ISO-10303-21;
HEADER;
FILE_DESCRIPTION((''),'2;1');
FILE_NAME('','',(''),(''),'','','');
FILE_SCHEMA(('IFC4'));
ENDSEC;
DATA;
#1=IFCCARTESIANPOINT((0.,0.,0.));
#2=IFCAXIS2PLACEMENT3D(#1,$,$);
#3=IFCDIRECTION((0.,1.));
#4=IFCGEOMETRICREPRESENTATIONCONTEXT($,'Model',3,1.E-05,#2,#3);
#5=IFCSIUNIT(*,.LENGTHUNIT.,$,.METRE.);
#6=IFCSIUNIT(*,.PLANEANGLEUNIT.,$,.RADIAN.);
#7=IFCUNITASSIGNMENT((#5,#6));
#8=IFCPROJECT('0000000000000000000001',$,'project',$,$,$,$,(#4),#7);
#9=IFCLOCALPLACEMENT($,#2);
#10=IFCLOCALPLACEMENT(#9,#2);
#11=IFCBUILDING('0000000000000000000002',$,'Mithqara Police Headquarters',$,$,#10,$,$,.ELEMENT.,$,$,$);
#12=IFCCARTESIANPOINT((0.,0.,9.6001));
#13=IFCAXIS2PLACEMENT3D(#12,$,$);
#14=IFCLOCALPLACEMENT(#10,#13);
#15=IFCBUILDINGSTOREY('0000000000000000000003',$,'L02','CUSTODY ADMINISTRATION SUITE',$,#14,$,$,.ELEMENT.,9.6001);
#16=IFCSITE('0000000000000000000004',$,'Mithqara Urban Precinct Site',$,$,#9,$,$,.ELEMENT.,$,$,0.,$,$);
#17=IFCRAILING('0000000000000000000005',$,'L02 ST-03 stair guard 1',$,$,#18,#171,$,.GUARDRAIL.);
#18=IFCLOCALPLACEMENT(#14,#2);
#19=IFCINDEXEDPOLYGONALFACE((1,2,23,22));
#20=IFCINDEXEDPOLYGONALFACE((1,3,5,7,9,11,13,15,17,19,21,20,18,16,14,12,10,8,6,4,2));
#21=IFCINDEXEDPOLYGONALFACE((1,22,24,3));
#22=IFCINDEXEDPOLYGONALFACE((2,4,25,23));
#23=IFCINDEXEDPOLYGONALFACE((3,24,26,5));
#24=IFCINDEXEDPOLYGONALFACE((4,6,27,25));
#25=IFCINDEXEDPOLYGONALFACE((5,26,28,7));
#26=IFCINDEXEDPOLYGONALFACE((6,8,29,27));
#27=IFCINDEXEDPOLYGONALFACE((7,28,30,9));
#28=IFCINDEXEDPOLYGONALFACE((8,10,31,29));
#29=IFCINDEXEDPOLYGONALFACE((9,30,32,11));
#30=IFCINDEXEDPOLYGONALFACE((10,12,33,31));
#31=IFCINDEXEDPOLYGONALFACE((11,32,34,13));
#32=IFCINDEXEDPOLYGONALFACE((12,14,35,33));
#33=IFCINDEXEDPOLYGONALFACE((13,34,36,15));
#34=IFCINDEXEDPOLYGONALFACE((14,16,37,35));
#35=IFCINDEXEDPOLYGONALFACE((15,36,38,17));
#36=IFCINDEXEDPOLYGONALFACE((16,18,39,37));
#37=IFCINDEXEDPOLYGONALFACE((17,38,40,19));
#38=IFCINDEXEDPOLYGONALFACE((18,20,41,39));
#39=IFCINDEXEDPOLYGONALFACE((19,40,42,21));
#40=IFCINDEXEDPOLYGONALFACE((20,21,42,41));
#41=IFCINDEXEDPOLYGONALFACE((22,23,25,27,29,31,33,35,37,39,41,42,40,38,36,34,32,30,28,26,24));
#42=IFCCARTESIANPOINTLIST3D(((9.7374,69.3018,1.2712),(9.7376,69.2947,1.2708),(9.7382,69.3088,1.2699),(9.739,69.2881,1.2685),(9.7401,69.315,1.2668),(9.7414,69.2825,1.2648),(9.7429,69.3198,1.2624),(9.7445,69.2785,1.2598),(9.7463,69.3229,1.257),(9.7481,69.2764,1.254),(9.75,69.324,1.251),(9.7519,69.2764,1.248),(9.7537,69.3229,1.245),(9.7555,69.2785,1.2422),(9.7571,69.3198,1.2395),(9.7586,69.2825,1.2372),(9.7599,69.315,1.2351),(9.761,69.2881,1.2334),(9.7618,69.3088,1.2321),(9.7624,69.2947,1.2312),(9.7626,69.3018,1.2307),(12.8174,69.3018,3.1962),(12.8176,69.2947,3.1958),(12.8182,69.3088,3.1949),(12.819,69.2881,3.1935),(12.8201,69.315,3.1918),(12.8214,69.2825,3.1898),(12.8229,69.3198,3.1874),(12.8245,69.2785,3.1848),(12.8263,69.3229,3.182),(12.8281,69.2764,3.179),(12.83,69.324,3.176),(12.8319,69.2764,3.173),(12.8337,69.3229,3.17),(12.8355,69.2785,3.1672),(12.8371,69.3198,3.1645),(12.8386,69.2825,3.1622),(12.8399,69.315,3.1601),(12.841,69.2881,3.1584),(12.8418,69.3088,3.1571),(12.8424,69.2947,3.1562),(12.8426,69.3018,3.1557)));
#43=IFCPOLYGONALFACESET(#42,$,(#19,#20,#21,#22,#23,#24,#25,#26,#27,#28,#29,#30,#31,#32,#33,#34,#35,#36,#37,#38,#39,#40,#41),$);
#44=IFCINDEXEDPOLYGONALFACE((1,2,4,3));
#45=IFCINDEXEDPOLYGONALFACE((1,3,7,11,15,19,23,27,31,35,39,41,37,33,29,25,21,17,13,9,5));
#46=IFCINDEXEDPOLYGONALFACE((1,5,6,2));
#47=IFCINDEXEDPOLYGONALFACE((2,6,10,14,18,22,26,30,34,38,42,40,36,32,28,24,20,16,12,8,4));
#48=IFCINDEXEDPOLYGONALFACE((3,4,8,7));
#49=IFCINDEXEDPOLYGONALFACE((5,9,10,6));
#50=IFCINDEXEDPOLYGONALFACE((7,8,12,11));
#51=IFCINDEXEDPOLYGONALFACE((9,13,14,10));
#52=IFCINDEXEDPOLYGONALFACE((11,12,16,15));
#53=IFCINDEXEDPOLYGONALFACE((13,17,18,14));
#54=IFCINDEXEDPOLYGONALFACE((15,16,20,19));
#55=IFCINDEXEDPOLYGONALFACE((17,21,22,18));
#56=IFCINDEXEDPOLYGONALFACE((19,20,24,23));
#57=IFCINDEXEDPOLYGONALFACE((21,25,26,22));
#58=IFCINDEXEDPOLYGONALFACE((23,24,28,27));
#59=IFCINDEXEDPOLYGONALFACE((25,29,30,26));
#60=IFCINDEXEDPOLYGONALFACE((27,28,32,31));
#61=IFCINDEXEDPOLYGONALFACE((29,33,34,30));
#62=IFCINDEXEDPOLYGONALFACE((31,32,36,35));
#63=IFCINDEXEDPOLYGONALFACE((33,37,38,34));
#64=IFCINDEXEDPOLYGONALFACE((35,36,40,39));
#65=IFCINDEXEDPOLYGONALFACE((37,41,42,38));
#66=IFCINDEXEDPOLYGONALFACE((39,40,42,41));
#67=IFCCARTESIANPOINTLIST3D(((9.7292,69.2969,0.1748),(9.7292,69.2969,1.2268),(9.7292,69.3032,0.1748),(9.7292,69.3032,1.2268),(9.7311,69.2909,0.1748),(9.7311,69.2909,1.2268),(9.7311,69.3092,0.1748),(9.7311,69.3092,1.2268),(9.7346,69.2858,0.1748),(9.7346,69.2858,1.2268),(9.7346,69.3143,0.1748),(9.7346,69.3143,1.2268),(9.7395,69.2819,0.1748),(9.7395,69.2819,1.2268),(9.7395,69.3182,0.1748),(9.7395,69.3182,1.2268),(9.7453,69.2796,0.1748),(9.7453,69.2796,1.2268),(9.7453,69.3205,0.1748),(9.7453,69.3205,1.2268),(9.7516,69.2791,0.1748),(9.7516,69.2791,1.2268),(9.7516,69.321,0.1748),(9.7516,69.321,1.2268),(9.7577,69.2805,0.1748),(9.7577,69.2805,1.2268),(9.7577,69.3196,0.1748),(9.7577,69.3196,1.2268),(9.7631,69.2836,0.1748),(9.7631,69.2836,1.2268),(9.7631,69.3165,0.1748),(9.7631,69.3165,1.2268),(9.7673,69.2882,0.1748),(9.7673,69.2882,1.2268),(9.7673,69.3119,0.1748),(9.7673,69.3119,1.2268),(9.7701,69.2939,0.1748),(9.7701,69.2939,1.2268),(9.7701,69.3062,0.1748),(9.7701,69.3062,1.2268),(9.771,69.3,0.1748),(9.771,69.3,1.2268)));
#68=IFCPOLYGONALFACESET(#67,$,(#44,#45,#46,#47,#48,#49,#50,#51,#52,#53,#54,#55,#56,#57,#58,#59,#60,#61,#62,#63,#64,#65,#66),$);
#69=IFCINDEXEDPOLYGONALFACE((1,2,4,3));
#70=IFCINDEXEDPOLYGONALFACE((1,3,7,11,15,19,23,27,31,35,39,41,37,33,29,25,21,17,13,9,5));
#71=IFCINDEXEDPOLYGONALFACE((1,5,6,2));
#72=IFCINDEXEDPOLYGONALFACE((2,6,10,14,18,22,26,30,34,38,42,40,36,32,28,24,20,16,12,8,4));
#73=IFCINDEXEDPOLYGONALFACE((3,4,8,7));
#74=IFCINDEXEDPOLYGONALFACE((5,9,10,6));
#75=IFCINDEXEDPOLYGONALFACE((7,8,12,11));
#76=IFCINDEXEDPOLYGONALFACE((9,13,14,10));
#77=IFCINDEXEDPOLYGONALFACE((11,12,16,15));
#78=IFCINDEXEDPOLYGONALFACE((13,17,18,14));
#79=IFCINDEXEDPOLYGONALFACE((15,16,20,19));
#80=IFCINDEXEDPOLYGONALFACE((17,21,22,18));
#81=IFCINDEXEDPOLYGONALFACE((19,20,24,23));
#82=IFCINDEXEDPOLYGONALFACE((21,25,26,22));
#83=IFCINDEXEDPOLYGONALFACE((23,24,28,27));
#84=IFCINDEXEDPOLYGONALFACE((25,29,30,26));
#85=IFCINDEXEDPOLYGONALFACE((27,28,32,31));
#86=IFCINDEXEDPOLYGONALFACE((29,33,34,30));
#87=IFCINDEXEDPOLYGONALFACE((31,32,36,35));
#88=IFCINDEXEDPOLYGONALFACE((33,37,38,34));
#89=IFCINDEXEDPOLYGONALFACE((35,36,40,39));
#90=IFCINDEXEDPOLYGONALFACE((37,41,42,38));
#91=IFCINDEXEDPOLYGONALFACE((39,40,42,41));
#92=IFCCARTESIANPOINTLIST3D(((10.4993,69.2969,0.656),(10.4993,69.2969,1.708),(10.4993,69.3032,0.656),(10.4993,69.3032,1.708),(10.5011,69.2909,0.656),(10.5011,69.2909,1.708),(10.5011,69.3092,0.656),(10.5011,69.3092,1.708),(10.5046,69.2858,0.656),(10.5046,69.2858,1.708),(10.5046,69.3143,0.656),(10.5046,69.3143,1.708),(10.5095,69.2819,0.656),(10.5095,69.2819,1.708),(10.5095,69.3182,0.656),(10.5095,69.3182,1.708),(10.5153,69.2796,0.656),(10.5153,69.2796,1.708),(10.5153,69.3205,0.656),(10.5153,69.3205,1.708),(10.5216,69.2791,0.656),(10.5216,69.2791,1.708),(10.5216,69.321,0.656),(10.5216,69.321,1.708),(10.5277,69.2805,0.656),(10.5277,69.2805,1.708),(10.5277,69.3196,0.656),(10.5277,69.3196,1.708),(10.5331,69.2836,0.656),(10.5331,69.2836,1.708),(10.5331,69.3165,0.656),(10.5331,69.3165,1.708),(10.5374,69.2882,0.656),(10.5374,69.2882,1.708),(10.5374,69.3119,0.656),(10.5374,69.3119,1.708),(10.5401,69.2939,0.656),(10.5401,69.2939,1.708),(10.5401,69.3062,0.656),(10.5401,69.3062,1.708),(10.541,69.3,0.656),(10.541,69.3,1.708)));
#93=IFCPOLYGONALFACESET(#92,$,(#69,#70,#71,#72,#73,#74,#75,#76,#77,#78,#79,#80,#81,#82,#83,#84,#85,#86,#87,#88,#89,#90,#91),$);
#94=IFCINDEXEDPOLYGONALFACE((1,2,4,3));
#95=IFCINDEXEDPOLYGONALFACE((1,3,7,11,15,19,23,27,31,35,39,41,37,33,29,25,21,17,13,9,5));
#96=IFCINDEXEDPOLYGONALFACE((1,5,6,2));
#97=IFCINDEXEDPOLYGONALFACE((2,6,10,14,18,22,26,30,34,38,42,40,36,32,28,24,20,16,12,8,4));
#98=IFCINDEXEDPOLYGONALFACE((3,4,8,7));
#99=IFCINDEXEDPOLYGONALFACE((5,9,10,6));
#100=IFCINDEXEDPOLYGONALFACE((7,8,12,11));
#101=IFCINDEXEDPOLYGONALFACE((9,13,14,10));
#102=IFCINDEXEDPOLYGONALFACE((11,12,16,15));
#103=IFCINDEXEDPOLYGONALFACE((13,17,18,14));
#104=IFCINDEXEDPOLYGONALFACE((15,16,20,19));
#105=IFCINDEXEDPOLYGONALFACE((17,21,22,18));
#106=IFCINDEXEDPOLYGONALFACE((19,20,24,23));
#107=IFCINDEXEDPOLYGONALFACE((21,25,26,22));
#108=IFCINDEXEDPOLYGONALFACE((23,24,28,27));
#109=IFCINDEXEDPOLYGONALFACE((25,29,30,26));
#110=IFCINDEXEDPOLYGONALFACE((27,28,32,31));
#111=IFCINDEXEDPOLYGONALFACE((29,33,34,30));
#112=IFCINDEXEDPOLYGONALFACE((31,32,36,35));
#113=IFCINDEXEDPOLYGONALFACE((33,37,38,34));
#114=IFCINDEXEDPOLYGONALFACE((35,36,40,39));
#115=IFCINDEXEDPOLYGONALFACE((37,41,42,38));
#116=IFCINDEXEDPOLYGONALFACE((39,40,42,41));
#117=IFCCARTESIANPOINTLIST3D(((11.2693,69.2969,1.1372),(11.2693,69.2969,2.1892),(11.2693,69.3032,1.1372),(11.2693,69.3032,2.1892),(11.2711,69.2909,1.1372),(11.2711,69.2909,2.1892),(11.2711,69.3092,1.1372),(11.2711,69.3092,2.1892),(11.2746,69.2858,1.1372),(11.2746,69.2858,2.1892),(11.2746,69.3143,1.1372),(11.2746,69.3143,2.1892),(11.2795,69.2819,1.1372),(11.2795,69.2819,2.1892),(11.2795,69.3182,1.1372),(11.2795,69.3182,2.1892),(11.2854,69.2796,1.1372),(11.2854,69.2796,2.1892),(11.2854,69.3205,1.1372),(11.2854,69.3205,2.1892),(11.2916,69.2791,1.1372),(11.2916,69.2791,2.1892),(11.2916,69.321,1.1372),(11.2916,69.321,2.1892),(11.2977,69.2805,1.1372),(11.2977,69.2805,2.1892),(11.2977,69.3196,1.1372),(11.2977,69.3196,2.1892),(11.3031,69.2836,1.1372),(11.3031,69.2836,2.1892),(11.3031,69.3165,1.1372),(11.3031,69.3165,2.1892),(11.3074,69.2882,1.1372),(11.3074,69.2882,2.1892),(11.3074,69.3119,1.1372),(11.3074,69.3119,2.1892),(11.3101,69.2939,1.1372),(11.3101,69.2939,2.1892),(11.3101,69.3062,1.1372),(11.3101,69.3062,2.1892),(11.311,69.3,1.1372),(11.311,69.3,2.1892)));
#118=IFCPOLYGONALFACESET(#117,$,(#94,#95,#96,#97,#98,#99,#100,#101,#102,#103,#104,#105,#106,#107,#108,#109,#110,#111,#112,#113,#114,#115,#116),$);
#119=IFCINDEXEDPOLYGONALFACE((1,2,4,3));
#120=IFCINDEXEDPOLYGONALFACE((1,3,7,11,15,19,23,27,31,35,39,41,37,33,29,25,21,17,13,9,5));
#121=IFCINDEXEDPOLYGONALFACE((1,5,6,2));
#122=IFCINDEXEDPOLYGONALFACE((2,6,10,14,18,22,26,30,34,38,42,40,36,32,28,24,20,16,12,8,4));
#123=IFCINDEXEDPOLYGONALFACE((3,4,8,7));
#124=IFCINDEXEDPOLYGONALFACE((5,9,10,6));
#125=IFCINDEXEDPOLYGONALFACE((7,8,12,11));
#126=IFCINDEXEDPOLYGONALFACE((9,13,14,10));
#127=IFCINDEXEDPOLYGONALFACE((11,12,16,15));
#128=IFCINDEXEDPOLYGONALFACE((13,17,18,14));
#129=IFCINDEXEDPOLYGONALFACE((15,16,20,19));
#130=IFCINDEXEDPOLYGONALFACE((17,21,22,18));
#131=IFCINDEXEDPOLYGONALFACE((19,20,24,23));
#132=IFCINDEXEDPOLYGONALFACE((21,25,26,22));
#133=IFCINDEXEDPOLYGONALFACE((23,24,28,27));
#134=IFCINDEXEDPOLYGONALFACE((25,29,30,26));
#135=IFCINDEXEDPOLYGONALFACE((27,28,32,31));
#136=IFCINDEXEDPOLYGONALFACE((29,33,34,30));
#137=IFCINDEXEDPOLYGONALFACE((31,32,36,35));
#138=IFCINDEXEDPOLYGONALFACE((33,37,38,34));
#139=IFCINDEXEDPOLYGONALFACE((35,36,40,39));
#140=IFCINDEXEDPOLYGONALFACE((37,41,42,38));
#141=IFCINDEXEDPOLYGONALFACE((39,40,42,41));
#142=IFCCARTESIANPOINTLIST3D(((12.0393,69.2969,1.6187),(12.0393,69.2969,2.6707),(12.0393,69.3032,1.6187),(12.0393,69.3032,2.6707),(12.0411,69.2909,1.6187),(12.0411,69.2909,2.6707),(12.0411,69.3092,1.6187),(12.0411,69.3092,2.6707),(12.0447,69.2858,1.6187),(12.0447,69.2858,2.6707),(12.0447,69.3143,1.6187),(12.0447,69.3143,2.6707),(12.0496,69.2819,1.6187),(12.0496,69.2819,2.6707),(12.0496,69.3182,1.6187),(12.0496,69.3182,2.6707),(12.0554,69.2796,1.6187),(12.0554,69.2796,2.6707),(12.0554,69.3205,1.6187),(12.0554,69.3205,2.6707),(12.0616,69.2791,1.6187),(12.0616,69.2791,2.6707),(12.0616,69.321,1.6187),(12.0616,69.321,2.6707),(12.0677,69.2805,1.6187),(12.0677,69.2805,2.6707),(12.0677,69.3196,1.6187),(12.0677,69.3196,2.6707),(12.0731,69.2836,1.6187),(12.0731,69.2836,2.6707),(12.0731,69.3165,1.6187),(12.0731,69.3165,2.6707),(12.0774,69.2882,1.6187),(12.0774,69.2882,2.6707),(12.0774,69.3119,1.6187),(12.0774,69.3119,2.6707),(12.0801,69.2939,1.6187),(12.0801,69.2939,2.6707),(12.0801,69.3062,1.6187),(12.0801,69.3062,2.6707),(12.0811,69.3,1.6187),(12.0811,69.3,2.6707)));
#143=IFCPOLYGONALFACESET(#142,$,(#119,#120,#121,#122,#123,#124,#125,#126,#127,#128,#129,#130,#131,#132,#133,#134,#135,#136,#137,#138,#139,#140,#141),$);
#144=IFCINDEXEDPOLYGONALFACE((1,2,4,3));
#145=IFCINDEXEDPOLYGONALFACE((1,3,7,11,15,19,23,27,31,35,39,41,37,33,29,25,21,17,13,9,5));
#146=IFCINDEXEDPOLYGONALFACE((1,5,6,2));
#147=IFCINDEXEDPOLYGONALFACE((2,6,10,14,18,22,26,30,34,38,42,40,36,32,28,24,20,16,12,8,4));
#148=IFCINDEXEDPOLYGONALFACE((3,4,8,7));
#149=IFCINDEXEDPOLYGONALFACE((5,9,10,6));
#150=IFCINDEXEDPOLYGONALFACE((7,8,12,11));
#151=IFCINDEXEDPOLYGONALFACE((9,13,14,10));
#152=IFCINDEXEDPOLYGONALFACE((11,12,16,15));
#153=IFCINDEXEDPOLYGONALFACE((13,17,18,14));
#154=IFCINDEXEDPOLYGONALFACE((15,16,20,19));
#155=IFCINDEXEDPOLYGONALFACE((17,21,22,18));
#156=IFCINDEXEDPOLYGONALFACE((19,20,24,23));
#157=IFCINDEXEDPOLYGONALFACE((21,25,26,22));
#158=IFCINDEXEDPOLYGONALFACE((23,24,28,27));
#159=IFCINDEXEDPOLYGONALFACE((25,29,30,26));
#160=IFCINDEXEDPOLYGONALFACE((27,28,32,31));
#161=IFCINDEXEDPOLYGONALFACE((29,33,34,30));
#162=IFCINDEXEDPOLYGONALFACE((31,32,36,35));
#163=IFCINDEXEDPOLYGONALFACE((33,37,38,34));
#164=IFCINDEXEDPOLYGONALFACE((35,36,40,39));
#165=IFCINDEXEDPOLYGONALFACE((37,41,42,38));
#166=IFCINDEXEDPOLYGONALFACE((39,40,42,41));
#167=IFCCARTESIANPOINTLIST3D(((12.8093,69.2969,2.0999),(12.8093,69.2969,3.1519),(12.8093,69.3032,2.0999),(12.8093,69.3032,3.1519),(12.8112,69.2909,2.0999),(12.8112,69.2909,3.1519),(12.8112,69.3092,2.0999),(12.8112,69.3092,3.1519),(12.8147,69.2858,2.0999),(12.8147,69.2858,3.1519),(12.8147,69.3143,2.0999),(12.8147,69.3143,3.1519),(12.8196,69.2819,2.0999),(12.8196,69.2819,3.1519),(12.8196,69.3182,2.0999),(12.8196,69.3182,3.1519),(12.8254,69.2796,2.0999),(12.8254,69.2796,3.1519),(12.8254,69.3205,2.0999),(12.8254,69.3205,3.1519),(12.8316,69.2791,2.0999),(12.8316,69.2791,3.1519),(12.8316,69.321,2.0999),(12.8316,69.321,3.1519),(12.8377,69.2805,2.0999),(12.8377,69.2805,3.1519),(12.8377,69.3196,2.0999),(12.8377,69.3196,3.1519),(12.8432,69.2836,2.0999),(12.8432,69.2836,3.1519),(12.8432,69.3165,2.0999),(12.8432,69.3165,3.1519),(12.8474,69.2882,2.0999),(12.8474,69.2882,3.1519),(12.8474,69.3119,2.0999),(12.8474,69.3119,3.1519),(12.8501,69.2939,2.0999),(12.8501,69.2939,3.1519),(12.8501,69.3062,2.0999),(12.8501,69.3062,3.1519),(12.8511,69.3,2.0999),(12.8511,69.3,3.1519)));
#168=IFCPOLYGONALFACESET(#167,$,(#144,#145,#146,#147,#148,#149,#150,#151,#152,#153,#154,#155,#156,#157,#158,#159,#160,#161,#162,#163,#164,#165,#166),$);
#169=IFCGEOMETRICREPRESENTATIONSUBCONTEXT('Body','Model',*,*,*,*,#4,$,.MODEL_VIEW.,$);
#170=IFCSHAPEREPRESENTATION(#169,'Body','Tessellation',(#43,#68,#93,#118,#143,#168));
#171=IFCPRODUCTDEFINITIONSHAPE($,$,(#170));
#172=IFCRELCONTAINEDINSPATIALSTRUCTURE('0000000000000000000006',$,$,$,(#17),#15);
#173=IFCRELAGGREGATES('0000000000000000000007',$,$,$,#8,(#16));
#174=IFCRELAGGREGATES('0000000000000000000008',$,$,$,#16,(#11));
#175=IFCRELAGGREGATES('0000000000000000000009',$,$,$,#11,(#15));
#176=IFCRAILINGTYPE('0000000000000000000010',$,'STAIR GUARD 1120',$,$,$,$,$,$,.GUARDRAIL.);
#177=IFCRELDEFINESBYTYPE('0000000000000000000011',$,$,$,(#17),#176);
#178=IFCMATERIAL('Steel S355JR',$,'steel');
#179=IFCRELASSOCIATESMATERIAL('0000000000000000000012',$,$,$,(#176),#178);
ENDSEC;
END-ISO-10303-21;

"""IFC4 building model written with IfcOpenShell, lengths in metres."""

from ifc_helpers import new_model, si_unit, direction, frame, origin, origin_2d, place, context, subcontext, project, spatial, circle, extrude, material, type_object, element, save


model = new_model("IFC4")

# Units and contexts
model_context = context("Model", 3, precision=1e-05, world=origin(), true_north=direction((0.0, 1.0)))
body_context = subcontext(model_context, "Body", "Model", "MODEL_VIEW")
ifc_project = project(units=[si_unit("LENGTHUNIT", "METRE"), si_unit("PLANEANGLEUNIT", "RADIAN")], contexts=[model_context])

# Site, building, storey
site_placement = place(None, origin())
site = spatial("IfcSite", under=ifc_project, at=site_placement, Name="Mithqara Urban Precinct Site", CompositionType="ELEMENT", RefElevation=0.0)
building_placement = place(site_placement, origin())
building = spatial("IfcBuilding", under=site, at=building_placement, Name="Mithqara Police Headquarters", CompositionType="ELEMENT")
storey_placement = place(building_placement, frame((0.0, 0.0, 9.6001)))
storey = spatial("IfcBuildingStorey", under=building, at=storey_placement, Name="L02", Description="CUSTODY ADMINISTRATION SUITE", CompositionType="ELEMENT", Elevation=9.6001)

# Shared definitions
ifc_material_1 = material(Name="Steel S355JR", Category="steel")

# Railing
railing_type_1 = type_object("IfcRailingType", Name="STAIR GUARD 1120", PredefinedType="GUARDRAIL", material=ifc_material_1)
railing_1_placement = place(storey_placement, frame((9.75, 69.3, 0.1748)))
element("IfcRailing", 1, at=railing_1_placement, inside=storey, type_object=railing_type_1, Name="L02 ST-03 stair guard 1", PredefinedType="GUARDRAIL", context=body_context, shape_type="SweptSolid", body=[
    extrude(circle(Radius=0.0239, at=origin_2d()), frame((0.0, 0.0, 1.0762), z_axis=(0.847998, 0.0, 0.529999), x_axis=(0.0, 1.0, 0.0)), (0.0, 0.0, 1.0), 3.6321),
    extrude(circle(Radius=0.021, at=origin_2d()), origin(), (0.0, 0.0, 1.0), 1.052),
    extrude(circle(Radius=0.021, at=origin_2d()), frame((0.77, 0.0, 0.4812)), (0.0, 0.0, 1.0), 1.052),
    extrude(circle(Radius=0.021, at=origin_2d()), frame((1.54, 0.0, 0.9624)), (0.0, 0.0, 1.0), 1.052),
    extrude(circle(Radius=0.021, at=origin_2d()), frame((2.3101, 0.0, 1.4438)), (0.0, 0.0, 1.0), 1.052),
    extrude(circle(Radius=0.021, at=origin_2d()), frame((3.0801, 0.0, 1.925)), (0.0, 0.0, 1.0), 1.052),
])

save(model, "model.ifc")
